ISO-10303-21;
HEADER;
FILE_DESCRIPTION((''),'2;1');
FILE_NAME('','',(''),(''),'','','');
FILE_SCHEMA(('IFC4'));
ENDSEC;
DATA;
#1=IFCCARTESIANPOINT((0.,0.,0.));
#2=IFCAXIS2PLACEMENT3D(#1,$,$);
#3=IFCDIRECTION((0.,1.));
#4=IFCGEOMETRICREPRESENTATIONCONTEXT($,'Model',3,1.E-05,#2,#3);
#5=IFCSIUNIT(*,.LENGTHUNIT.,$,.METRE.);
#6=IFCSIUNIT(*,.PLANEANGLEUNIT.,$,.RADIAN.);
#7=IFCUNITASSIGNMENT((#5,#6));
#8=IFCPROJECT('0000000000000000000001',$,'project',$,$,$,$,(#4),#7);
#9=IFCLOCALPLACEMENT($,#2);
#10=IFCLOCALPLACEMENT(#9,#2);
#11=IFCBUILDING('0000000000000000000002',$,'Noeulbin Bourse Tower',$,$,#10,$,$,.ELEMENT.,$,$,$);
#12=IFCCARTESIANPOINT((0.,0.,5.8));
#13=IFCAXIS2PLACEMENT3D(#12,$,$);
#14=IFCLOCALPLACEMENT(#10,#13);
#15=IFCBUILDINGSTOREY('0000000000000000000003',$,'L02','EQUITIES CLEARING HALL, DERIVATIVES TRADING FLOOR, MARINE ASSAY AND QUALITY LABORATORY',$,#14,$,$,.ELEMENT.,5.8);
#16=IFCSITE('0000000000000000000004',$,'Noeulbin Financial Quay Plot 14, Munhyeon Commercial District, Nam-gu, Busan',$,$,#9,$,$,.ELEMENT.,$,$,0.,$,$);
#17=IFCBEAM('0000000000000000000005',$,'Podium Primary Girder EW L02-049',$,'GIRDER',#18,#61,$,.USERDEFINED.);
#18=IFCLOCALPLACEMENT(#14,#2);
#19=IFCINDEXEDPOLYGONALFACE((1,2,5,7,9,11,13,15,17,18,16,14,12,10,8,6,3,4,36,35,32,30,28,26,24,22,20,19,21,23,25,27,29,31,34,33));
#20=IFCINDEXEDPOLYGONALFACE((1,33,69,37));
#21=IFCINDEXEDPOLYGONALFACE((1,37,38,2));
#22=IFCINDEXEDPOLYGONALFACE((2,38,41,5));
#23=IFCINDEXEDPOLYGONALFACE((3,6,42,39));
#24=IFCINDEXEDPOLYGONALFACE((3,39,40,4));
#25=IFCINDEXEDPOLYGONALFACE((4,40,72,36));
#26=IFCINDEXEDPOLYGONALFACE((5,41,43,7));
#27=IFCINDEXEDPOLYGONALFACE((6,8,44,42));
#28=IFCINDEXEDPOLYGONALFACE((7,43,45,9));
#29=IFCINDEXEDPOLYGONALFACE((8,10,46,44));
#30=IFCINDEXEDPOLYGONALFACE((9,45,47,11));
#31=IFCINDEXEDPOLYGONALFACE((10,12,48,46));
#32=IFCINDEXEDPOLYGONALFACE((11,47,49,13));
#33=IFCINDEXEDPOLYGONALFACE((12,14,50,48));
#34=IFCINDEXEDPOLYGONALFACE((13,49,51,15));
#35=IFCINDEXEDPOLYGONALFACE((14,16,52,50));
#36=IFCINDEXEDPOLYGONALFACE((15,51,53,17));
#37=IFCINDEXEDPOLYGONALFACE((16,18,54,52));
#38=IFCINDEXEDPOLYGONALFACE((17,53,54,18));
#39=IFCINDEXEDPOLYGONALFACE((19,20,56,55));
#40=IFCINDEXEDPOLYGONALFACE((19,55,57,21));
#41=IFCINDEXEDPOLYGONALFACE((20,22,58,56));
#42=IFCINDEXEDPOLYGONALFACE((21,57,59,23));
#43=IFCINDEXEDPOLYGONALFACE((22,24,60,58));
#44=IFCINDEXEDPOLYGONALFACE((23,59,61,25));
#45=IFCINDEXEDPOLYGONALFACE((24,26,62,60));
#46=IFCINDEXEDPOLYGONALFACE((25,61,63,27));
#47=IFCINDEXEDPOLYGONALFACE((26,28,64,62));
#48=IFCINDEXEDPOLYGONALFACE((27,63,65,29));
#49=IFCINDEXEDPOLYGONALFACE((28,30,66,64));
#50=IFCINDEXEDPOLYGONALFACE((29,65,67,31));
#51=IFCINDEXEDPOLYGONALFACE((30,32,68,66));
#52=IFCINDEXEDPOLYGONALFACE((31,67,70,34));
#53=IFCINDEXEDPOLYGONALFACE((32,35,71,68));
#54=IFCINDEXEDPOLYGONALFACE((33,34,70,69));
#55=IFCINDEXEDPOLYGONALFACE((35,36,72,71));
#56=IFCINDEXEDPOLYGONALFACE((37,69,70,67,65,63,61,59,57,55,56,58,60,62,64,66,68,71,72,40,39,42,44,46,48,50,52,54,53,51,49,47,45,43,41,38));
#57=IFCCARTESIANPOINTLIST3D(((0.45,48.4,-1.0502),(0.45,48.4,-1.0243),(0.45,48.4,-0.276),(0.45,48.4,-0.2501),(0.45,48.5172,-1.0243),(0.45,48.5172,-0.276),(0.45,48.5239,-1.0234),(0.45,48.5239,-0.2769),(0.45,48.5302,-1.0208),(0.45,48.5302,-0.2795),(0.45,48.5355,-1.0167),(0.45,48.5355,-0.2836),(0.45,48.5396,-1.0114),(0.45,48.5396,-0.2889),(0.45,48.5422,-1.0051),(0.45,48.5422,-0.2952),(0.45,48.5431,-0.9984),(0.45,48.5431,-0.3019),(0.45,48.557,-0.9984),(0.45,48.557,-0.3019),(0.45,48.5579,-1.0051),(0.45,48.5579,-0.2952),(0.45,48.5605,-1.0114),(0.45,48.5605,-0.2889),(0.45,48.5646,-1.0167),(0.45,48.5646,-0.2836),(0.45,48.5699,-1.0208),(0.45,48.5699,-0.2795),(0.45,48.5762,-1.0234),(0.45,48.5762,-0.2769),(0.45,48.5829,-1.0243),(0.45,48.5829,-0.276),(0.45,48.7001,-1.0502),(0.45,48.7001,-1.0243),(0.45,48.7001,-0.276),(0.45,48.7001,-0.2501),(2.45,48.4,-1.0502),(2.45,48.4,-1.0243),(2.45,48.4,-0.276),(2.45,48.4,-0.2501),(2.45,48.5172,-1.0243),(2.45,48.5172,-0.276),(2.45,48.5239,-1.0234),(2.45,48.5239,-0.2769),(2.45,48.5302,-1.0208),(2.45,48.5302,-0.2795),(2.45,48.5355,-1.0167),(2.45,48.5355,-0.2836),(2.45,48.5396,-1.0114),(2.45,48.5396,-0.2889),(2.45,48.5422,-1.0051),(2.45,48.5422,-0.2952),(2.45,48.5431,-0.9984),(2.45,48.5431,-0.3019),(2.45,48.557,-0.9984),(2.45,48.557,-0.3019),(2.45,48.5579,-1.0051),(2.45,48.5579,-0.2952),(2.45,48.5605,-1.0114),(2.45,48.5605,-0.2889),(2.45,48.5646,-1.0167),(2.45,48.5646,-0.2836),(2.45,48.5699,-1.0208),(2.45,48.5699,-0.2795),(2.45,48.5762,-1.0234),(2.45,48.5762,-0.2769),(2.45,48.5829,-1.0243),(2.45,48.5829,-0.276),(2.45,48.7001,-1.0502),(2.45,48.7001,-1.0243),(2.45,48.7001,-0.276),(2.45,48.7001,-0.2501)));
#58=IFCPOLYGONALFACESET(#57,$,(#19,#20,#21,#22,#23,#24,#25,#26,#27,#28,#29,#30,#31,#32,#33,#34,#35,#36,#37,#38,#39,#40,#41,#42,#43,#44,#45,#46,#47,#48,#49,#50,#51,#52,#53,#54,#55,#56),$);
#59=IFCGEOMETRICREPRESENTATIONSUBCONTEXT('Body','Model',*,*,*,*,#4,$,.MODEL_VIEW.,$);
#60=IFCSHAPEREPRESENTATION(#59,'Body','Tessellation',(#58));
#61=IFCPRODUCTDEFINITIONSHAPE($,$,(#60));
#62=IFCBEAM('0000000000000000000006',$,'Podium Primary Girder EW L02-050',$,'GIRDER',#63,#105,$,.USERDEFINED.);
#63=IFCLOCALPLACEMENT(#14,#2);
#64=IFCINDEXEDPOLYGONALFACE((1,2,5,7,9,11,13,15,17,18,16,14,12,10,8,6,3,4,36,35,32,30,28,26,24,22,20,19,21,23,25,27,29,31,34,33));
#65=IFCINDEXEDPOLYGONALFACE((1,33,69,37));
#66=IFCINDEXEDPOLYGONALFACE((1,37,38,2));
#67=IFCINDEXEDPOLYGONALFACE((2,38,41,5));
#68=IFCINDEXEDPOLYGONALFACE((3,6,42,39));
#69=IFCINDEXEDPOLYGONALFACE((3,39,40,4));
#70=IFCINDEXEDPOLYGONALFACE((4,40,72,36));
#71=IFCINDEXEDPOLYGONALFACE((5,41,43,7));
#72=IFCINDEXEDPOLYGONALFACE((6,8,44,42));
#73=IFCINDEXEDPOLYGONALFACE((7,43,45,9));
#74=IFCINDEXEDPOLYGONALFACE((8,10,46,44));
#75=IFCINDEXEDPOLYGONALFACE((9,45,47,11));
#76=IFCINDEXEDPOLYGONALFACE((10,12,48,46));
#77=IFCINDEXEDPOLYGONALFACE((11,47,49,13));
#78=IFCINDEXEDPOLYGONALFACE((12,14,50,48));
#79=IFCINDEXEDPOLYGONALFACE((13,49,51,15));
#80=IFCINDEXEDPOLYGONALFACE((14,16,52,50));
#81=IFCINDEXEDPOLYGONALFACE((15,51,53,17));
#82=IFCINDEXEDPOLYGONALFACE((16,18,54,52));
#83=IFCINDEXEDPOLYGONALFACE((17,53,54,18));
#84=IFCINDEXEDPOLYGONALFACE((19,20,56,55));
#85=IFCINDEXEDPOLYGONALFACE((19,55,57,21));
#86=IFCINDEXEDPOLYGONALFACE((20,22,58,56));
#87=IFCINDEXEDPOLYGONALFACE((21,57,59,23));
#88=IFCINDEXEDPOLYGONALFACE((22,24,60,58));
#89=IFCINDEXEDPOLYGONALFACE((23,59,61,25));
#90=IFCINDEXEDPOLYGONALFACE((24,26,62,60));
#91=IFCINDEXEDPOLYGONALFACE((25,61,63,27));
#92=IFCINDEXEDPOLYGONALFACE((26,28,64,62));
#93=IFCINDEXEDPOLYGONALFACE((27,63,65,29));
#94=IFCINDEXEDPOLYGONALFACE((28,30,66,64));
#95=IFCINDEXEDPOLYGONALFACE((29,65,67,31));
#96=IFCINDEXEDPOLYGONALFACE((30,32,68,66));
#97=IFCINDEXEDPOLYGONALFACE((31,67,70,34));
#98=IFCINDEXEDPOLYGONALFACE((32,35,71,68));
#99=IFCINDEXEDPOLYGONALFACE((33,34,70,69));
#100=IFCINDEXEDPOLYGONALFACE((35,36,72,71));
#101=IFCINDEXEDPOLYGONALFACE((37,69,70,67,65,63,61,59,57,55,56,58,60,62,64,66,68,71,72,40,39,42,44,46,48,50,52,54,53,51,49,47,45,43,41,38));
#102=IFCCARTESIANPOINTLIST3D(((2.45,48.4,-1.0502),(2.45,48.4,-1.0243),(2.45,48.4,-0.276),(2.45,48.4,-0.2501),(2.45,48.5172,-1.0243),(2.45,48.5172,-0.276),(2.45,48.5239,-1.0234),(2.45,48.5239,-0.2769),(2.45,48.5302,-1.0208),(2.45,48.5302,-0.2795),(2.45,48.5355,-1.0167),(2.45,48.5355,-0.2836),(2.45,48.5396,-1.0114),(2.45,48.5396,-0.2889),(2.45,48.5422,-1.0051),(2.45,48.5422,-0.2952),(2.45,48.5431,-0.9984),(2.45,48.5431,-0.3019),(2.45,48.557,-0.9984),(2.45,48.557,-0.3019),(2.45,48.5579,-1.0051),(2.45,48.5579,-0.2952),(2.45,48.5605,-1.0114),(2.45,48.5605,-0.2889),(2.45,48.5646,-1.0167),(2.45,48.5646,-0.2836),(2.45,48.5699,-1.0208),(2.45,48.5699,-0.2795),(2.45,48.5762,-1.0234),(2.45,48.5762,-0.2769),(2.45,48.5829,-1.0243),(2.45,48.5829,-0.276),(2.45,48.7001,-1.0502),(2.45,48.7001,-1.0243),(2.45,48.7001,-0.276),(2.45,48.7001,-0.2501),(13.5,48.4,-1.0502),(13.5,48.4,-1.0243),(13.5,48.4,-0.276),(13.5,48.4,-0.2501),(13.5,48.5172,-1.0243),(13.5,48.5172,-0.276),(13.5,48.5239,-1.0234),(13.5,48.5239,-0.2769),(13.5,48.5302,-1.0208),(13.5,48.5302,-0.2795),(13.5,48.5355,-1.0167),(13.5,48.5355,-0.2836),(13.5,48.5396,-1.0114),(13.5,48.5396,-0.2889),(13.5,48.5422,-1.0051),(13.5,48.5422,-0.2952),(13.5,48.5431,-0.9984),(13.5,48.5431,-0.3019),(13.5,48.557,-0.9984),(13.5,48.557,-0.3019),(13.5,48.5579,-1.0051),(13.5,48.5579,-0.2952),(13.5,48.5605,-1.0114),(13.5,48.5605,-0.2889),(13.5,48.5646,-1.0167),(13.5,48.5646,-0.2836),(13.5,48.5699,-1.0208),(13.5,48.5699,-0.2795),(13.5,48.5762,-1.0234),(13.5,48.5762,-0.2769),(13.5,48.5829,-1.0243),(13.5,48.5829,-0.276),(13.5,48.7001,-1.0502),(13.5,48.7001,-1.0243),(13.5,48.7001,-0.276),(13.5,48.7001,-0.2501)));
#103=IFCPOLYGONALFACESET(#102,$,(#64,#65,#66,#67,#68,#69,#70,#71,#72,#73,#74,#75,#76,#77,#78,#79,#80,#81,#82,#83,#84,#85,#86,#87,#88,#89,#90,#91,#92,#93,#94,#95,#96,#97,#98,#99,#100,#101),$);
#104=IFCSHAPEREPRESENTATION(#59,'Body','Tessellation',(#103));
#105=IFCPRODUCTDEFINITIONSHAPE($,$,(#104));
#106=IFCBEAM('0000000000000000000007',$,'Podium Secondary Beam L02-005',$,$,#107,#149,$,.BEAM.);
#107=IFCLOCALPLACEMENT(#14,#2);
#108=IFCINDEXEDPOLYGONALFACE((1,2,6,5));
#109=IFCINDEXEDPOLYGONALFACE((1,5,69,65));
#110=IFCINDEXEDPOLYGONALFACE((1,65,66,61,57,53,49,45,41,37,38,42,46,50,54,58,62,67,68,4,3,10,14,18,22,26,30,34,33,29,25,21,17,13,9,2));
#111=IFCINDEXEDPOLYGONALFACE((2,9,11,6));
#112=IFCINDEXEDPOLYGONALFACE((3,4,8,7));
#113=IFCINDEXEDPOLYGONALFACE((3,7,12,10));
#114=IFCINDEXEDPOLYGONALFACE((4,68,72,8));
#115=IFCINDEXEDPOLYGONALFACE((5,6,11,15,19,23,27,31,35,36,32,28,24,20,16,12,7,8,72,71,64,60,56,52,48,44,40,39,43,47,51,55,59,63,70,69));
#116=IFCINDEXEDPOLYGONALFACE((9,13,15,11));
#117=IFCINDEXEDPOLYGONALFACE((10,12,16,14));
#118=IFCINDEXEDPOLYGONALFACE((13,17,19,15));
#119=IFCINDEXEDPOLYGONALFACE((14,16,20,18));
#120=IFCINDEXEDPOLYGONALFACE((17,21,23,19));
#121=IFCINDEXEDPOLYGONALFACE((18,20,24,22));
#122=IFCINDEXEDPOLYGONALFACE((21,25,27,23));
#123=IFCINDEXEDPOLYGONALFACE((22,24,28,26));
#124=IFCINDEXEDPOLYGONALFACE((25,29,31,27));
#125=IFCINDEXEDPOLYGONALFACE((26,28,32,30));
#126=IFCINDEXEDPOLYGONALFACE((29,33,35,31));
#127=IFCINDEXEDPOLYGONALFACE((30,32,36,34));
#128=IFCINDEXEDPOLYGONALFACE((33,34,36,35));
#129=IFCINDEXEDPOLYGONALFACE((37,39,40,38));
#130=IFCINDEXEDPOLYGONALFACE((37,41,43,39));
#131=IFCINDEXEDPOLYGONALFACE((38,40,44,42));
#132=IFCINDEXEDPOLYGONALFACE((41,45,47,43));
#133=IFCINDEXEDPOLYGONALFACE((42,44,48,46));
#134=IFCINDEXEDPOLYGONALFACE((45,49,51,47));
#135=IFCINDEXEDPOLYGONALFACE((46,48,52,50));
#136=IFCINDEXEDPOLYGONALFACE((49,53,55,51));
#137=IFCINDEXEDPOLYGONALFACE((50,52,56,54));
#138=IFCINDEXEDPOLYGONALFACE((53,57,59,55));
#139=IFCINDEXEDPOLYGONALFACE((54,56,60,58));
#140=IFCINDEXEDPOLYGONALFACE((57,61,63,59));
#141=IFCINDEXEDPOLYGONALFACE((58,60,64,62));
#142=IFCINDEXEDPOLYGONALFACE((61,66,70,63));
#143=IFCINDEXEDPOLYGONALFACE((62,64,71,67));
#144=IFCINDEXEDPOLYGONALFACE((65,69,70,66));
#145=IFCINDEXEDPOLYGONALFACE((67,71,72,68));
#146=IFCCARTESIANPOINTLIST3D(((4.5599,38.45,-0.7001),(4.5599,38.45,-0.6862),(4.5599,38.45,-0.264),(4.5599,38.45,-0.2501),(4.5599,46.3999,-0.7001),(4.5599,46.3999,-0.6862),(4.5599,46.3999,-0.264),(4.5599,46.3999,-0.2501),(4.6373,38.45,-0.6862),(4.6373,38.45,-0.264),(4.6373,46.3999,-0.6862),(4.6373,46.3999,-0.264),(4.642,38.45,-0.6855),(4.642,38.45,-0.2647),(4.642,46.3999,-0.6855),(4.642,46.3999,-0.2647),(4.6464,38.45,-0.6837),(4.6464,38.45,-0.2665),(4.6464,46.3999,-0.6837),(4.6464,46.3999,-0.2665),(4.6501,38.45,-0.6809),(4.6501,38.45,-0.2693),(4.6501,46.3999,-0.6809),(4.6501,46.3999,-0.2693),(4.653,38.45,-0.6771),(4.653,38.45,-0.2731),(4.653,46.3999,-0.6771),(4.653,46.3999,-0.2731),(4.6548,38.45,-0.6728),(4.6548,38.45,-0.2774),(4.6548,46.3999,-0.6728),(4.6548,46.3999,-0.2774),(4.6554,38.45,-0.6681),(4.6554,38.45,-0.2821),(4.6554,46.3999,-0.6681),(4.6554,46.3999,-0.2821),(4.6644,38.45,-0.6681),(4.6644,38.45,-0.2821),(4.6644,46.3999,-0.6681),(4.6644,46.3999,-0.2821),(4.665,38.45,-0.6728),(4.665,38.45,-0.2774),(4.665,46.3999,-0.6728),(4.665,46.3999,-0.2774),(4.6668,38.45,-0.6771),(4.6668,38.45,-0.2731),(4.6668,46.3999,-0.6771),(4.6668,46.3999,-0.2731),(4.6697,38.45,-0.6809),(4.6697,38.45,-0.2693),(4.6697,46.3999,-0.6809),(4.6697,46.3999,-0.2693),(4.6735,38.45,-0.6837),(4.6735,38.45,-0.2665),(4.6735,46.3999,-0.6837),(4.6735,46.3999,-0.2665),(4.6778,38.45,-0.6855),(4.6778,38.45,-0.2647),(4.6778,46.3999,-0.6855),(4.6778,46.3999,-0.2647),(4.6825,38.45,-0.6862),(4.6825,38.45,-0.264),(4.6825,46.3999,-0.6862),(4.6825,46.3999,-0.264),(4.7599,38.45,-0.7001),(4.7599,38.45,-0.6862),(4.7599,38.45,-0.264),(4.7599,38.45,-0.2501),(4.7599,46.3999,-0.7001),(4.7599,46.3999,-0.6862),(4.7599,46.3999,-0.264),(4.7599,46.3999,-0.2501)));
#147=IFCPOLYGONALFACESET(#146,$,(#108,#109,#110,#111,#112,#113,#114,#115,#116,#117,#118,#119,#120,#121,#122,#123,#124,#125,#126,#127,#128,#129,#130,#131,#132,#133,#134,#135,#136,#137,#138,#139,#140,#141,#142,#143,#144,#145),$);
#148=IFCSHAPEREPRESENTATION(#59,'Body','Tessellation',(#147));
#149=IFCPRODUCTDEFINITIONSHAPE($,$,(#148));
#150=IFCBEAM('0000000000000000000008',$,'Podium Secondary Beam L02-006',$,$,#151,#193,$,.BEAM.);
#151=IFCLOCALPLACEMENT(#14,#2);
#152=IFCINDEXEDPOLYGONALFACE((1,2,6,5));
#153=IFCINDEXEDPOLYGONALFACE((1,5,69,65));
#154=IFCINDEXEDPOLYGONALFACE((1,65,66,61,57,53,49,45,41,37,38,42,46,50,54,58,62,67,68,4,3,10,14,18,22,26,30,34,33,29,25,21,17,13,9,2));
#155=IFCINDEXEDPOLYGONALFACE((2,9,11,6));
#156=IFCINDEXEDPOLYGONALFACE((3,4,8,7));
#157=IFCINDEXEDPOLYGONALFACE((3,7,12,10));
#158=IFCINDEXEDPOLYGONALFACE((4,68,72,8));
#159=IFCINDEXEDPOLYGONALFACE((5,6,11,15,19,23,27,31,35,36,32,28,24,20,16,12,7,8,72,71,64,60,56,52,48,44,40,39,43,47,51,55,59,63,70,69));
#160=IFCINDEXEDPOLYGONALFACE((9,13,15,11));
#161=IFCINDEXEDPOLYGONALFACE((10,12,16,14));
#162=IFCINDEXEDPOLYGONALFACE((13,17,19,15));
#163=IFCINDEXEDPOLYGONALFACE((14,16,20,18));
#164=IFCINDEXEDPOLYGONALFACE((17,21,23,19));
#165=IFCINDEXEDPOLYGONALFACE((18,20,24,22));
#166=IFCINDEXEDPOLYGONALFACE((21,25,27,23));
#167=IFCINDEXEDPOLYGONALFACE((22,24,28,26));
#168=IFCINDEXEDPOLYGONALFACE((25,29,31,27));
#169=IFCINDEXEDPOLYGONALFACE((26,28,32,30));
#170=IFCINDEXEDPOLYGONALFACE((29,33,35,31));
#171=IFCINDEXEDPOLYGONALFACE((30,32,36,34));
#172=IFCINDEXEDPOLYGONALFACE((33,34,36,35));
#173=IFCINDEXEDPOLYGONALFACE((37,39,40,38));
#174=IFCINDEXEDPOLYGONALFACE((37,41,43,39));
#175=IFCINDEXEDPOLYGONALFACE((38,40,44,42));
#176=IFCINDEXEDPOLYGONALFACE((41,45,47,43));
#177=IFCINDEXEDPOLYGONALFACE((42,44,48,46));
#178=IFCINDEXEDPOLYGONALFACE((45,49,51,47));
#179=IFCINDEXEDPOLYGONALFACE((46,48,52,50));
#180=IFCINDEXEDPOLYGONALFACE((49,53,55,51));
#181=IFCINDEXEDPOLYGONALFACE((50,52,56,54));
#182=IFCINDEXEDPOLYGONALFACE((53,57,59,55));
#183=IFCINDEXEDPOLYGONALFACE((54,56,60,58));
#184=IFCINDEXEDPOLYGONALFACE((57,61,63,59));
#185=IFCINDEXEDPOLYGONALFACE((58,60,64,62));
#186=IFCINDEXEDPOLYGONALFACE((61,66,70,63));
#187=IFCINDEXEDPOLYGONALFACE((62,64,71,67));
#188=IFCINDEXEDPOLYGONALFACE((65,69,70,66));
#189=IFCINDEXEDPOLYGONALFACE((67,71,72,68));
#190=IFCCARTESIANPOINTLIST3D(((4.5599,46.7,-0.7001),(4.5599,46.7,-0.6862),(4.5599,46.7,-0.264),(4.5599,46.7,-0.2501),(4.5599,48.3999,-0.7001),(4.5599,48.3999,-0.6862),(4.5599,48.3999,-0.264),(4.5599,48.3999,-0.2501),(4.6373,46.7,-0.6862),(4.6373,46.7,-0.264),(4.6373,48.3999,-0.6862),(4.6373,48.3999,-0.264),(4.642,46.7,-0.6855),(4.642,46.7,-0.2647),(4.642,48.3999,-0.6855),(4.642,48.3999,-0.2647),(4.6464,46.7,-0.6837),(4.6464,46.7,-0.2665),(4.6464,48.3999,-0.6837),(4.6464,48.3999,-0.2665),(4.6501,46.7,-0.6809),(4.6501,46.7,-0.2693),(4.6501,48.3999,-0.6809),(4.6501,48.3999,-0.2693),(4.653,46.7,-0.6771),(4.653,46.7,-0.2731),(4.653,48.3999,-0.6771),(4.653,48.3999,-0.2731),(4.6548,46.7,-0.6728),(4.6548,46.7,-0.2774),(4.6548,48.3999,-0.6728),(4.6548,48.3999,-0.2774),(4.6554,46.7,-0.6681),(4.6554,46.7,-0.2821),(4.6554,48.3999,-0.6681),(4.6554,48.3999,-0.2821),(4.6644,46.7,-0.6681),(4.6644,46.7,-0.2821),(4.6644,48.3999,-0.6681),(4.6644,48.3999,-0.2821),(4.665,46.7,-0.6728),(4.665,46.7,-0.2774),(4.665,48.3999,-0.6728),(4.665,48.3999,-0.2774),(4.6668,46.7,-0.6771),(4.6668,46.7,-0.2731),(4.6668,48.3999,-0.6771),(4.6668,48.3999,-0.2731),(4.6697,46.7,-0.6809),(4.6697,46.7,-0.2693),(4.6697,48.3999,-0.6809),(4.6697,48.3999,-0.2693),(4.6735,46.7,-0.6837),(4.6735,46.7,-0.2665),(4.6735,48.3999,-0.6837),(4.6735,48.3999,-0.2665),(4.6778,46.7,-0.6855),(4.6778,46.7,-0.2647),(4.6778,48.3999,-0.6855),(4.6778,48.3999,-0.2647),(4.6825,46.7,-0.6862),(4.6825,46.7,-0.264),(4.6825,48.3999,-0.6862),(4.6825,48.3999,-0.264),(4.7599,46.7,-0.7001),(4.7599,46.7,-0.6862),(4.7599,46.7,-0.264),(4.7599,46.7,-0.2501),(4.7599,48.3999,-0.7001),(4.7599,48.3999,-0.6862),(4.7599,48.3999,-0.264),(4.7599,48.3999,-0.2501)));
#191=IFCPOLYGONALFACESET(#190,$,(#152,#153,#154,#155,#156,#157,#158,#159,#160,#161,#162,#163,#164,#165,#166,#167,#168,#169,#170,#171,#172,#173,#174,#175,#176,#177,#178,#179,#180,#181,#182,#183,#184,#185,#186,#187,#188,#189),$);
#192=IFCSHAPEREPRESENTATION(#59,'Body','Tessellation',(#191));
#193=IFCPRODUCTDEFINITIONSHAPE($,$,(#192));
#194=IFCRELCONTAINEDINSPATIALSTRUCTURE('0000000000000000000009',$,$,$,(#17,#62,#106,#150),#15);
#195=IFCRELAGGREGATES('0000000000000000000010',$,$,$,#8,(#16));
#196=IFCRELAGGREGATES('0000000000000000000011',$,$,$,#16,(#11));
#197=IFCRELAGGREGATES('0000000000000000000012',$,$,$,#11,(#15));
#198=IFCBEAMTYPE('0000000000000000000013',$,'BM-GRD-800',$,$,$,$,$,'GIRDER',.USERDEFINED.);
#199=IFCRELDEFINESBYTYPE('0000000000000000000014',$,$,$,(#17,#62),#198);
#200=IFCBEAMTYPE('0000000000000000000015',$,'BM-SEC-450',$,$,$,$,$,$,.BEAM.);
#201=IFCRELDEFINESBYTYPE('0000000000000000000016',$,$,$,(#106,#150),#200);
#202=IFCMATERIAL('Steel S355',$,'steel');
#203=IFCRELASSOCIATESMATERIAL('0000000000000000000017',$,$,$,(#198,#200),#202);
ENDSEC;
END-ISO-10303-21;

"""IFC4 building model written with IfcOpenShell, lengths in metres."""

from ifc_helpers import new_model, si_unit, direction, frame, origin, origin_2d, place, context, subcontext, project, spatial, i_section, extrude, material, material_profile, profile_set, type_object, element, save


model = new_model("IFC4")

# Units and contexts
model_context = context("Model", 3, precision=1e-05, world=origin(), true_north=direction((0.0, 1.0)))
body_context = subcontext(model_context, "Body", "Model", "MODEL_VIEW")
ifc_project = project(units=[si_unit("LENGTHUNIT", "METRE"), si_unit("PLANEANGLEUNIT", "RADIAN")], contexts=[model_context])

# Site, building, storey
site_placement = place(None, origin())
site = spatial("IfcSite", under=ifc_project, at=site_placement, Name="Noeulbin Financial Quay Plot 14, Munhyeon Commercial District, Nam-gu, Busan", CompositionType="ELEMENT", RefElevation=0.0)
building_placement = place(site_placement, origin())
building = spatial("IfcBuilding", under=site, at=building_placement, Name="Noeulbin Bourse Tower", CompositionType="ELEMENT")
storey_placement = place(building_placement, frame((0.0, 0.0, 5.8)))
storey = spatial("IfcBuildingStorey", under=building, at=storey_placement, Name="L02", Description="EQUITIES CLEARING HALL, DERIVATIVES TRADING FLOOR, MARINE ASSAY AND QUALITY LABORATORY", CompositionType="ELEMENT", Elevation=5.8)

# Beams
ifc_material_1 = material(Name="Steel S355", Category="steel")
ifc_material_profile_1 = material_profile(ifc_material_1, i_section(OverallWidth=0.3, OverallDepth=0.8, WebThickness=0.0139, FlangeThickness=0.0259, FilletRadius=0.0259, at=origin_2d()), Name="H-800x300x14x26", Category="LoadBearing")
ifc_profile_set_1 = profile_set([ifc_material_profile_1], Name="Steel S355")
beam_type_1 = type_object("IfcBeamType", Name="BM-GRD-800", ElementType="GIRDER", PredefinedType="USERDEFINED", material=ifc_profile_set_1)
beam_1_placement = place(storey_placement, frame((0.45, 48.55, -0.6501), z_axis=(1.0, 0.0, 0.0), x_axis=(0.0, 1.0, 0.0)))
element("IfcBeam", 1, at=beam_1_placement, inside=storey, type_object=beam_type_1, Name="Podium Primary Girder EW L02-049", ObjectType="GIRDER", PredefinedType="USERDEFINED", context=body_context, shape_type="SweptSolid", body=[
    extrude(i_section(OverallWidth=0.3, OverallDepth=0.8, WebThickness=0.0139, FlangeThickness=0.0259, FilletRadius=0.0259, at=origin_2d()), origin(), (0.0, 0.0, 1.0), 2.0),
])
beam_2_placement = place(storey_placement, frame((2.45, 48.55, -0.6501), z_axis=(1.0, 0.0, 0.0), x_axis=(0.0, 1.0, 0.0)))
element("IfcBeam", 2, at=beam_2_placement, inside=storey, type_object=beam_type_1, Name="Podium Primary Girder EW L02-050", ObjectType="GIRDER", PredefinedType="USERDEFINED", context=body_context, shape_type="SweptSolid", body=[
    extrude(i_section(OverallWidth=0.3, OverallDepth=0.8, WebThickness=0.0139, FlangeThickness=0.0259, FilletRadius=0.0259, at=origin_2d()), origin(), (0.0, 0.0, 1.0), 11.05),
])
ifc_material_profile_2 = material_profile(ifc_material_1, i_section(OverallWidth=0.2, OverallDepth=0.45, WebThickness=0.009, FlangeThickness=0.0139, FilletRadius=0.0181, at=origin_2d()), Name="H-450x200x9x14", Category="LoadBearing")
ifc_profile_set_2 = profile_set([ifc_material_profile_2], Name="Steel S355")
beam_type_2 = type_object("IfcBeamType", Name="BM-SEC-450", PredefinedType="BEAM", material=ifc_profile_set_2)
beam_3_placement = place(storey_placement, frame((4.6599, 38.45, -0.4751), z_axis=(0.0, 1.0, 0.0), x_axis=(-1.0, 0.0, 0.0)))
element("IfcBeam", 3, at=beam_3_placement, inside=storey, type_object=beam_type_2, Name="Podium Secondary Beam L02-005", PredefinedType="BEAM", context=body_context, shape_type="SweptSolid", body=[
    extrude(i_section(OverallWidth=0.2, OverallDepth=0.45, WebThickness=0.009, FlangeThickness=0.0139, FilletRadius=0.0181, at=origin_2d()), origin(), (0.0, 0.0, 1.0), 7.95),
])
beam_4_placement = place(storey_placement, frame((4.6599, 46.7, -0.4751), z_axis=(0.0, 1.0, 0.0), x_axis=(-1.0, 0.0, 0.0)))
element("IfcBeam", 4, at=beam_4_placement, inside=storey, type_object=beam_type_2, Name="Podium Secondary Beam L02-006", PredefinedType="BEAM", context=body_context, shape_type="SweptSolid", body=[
    extrude(i_section(OverallWidth=0.2, OverallDepth=0.45, WebThickness=0.009, FlangeThickness=0.0139, FilletRadius=0.0181, at=origin_2d()), origin(), (0.0, 0.0, 1.0), 1.7),
])

save(model, "model.ifc")
